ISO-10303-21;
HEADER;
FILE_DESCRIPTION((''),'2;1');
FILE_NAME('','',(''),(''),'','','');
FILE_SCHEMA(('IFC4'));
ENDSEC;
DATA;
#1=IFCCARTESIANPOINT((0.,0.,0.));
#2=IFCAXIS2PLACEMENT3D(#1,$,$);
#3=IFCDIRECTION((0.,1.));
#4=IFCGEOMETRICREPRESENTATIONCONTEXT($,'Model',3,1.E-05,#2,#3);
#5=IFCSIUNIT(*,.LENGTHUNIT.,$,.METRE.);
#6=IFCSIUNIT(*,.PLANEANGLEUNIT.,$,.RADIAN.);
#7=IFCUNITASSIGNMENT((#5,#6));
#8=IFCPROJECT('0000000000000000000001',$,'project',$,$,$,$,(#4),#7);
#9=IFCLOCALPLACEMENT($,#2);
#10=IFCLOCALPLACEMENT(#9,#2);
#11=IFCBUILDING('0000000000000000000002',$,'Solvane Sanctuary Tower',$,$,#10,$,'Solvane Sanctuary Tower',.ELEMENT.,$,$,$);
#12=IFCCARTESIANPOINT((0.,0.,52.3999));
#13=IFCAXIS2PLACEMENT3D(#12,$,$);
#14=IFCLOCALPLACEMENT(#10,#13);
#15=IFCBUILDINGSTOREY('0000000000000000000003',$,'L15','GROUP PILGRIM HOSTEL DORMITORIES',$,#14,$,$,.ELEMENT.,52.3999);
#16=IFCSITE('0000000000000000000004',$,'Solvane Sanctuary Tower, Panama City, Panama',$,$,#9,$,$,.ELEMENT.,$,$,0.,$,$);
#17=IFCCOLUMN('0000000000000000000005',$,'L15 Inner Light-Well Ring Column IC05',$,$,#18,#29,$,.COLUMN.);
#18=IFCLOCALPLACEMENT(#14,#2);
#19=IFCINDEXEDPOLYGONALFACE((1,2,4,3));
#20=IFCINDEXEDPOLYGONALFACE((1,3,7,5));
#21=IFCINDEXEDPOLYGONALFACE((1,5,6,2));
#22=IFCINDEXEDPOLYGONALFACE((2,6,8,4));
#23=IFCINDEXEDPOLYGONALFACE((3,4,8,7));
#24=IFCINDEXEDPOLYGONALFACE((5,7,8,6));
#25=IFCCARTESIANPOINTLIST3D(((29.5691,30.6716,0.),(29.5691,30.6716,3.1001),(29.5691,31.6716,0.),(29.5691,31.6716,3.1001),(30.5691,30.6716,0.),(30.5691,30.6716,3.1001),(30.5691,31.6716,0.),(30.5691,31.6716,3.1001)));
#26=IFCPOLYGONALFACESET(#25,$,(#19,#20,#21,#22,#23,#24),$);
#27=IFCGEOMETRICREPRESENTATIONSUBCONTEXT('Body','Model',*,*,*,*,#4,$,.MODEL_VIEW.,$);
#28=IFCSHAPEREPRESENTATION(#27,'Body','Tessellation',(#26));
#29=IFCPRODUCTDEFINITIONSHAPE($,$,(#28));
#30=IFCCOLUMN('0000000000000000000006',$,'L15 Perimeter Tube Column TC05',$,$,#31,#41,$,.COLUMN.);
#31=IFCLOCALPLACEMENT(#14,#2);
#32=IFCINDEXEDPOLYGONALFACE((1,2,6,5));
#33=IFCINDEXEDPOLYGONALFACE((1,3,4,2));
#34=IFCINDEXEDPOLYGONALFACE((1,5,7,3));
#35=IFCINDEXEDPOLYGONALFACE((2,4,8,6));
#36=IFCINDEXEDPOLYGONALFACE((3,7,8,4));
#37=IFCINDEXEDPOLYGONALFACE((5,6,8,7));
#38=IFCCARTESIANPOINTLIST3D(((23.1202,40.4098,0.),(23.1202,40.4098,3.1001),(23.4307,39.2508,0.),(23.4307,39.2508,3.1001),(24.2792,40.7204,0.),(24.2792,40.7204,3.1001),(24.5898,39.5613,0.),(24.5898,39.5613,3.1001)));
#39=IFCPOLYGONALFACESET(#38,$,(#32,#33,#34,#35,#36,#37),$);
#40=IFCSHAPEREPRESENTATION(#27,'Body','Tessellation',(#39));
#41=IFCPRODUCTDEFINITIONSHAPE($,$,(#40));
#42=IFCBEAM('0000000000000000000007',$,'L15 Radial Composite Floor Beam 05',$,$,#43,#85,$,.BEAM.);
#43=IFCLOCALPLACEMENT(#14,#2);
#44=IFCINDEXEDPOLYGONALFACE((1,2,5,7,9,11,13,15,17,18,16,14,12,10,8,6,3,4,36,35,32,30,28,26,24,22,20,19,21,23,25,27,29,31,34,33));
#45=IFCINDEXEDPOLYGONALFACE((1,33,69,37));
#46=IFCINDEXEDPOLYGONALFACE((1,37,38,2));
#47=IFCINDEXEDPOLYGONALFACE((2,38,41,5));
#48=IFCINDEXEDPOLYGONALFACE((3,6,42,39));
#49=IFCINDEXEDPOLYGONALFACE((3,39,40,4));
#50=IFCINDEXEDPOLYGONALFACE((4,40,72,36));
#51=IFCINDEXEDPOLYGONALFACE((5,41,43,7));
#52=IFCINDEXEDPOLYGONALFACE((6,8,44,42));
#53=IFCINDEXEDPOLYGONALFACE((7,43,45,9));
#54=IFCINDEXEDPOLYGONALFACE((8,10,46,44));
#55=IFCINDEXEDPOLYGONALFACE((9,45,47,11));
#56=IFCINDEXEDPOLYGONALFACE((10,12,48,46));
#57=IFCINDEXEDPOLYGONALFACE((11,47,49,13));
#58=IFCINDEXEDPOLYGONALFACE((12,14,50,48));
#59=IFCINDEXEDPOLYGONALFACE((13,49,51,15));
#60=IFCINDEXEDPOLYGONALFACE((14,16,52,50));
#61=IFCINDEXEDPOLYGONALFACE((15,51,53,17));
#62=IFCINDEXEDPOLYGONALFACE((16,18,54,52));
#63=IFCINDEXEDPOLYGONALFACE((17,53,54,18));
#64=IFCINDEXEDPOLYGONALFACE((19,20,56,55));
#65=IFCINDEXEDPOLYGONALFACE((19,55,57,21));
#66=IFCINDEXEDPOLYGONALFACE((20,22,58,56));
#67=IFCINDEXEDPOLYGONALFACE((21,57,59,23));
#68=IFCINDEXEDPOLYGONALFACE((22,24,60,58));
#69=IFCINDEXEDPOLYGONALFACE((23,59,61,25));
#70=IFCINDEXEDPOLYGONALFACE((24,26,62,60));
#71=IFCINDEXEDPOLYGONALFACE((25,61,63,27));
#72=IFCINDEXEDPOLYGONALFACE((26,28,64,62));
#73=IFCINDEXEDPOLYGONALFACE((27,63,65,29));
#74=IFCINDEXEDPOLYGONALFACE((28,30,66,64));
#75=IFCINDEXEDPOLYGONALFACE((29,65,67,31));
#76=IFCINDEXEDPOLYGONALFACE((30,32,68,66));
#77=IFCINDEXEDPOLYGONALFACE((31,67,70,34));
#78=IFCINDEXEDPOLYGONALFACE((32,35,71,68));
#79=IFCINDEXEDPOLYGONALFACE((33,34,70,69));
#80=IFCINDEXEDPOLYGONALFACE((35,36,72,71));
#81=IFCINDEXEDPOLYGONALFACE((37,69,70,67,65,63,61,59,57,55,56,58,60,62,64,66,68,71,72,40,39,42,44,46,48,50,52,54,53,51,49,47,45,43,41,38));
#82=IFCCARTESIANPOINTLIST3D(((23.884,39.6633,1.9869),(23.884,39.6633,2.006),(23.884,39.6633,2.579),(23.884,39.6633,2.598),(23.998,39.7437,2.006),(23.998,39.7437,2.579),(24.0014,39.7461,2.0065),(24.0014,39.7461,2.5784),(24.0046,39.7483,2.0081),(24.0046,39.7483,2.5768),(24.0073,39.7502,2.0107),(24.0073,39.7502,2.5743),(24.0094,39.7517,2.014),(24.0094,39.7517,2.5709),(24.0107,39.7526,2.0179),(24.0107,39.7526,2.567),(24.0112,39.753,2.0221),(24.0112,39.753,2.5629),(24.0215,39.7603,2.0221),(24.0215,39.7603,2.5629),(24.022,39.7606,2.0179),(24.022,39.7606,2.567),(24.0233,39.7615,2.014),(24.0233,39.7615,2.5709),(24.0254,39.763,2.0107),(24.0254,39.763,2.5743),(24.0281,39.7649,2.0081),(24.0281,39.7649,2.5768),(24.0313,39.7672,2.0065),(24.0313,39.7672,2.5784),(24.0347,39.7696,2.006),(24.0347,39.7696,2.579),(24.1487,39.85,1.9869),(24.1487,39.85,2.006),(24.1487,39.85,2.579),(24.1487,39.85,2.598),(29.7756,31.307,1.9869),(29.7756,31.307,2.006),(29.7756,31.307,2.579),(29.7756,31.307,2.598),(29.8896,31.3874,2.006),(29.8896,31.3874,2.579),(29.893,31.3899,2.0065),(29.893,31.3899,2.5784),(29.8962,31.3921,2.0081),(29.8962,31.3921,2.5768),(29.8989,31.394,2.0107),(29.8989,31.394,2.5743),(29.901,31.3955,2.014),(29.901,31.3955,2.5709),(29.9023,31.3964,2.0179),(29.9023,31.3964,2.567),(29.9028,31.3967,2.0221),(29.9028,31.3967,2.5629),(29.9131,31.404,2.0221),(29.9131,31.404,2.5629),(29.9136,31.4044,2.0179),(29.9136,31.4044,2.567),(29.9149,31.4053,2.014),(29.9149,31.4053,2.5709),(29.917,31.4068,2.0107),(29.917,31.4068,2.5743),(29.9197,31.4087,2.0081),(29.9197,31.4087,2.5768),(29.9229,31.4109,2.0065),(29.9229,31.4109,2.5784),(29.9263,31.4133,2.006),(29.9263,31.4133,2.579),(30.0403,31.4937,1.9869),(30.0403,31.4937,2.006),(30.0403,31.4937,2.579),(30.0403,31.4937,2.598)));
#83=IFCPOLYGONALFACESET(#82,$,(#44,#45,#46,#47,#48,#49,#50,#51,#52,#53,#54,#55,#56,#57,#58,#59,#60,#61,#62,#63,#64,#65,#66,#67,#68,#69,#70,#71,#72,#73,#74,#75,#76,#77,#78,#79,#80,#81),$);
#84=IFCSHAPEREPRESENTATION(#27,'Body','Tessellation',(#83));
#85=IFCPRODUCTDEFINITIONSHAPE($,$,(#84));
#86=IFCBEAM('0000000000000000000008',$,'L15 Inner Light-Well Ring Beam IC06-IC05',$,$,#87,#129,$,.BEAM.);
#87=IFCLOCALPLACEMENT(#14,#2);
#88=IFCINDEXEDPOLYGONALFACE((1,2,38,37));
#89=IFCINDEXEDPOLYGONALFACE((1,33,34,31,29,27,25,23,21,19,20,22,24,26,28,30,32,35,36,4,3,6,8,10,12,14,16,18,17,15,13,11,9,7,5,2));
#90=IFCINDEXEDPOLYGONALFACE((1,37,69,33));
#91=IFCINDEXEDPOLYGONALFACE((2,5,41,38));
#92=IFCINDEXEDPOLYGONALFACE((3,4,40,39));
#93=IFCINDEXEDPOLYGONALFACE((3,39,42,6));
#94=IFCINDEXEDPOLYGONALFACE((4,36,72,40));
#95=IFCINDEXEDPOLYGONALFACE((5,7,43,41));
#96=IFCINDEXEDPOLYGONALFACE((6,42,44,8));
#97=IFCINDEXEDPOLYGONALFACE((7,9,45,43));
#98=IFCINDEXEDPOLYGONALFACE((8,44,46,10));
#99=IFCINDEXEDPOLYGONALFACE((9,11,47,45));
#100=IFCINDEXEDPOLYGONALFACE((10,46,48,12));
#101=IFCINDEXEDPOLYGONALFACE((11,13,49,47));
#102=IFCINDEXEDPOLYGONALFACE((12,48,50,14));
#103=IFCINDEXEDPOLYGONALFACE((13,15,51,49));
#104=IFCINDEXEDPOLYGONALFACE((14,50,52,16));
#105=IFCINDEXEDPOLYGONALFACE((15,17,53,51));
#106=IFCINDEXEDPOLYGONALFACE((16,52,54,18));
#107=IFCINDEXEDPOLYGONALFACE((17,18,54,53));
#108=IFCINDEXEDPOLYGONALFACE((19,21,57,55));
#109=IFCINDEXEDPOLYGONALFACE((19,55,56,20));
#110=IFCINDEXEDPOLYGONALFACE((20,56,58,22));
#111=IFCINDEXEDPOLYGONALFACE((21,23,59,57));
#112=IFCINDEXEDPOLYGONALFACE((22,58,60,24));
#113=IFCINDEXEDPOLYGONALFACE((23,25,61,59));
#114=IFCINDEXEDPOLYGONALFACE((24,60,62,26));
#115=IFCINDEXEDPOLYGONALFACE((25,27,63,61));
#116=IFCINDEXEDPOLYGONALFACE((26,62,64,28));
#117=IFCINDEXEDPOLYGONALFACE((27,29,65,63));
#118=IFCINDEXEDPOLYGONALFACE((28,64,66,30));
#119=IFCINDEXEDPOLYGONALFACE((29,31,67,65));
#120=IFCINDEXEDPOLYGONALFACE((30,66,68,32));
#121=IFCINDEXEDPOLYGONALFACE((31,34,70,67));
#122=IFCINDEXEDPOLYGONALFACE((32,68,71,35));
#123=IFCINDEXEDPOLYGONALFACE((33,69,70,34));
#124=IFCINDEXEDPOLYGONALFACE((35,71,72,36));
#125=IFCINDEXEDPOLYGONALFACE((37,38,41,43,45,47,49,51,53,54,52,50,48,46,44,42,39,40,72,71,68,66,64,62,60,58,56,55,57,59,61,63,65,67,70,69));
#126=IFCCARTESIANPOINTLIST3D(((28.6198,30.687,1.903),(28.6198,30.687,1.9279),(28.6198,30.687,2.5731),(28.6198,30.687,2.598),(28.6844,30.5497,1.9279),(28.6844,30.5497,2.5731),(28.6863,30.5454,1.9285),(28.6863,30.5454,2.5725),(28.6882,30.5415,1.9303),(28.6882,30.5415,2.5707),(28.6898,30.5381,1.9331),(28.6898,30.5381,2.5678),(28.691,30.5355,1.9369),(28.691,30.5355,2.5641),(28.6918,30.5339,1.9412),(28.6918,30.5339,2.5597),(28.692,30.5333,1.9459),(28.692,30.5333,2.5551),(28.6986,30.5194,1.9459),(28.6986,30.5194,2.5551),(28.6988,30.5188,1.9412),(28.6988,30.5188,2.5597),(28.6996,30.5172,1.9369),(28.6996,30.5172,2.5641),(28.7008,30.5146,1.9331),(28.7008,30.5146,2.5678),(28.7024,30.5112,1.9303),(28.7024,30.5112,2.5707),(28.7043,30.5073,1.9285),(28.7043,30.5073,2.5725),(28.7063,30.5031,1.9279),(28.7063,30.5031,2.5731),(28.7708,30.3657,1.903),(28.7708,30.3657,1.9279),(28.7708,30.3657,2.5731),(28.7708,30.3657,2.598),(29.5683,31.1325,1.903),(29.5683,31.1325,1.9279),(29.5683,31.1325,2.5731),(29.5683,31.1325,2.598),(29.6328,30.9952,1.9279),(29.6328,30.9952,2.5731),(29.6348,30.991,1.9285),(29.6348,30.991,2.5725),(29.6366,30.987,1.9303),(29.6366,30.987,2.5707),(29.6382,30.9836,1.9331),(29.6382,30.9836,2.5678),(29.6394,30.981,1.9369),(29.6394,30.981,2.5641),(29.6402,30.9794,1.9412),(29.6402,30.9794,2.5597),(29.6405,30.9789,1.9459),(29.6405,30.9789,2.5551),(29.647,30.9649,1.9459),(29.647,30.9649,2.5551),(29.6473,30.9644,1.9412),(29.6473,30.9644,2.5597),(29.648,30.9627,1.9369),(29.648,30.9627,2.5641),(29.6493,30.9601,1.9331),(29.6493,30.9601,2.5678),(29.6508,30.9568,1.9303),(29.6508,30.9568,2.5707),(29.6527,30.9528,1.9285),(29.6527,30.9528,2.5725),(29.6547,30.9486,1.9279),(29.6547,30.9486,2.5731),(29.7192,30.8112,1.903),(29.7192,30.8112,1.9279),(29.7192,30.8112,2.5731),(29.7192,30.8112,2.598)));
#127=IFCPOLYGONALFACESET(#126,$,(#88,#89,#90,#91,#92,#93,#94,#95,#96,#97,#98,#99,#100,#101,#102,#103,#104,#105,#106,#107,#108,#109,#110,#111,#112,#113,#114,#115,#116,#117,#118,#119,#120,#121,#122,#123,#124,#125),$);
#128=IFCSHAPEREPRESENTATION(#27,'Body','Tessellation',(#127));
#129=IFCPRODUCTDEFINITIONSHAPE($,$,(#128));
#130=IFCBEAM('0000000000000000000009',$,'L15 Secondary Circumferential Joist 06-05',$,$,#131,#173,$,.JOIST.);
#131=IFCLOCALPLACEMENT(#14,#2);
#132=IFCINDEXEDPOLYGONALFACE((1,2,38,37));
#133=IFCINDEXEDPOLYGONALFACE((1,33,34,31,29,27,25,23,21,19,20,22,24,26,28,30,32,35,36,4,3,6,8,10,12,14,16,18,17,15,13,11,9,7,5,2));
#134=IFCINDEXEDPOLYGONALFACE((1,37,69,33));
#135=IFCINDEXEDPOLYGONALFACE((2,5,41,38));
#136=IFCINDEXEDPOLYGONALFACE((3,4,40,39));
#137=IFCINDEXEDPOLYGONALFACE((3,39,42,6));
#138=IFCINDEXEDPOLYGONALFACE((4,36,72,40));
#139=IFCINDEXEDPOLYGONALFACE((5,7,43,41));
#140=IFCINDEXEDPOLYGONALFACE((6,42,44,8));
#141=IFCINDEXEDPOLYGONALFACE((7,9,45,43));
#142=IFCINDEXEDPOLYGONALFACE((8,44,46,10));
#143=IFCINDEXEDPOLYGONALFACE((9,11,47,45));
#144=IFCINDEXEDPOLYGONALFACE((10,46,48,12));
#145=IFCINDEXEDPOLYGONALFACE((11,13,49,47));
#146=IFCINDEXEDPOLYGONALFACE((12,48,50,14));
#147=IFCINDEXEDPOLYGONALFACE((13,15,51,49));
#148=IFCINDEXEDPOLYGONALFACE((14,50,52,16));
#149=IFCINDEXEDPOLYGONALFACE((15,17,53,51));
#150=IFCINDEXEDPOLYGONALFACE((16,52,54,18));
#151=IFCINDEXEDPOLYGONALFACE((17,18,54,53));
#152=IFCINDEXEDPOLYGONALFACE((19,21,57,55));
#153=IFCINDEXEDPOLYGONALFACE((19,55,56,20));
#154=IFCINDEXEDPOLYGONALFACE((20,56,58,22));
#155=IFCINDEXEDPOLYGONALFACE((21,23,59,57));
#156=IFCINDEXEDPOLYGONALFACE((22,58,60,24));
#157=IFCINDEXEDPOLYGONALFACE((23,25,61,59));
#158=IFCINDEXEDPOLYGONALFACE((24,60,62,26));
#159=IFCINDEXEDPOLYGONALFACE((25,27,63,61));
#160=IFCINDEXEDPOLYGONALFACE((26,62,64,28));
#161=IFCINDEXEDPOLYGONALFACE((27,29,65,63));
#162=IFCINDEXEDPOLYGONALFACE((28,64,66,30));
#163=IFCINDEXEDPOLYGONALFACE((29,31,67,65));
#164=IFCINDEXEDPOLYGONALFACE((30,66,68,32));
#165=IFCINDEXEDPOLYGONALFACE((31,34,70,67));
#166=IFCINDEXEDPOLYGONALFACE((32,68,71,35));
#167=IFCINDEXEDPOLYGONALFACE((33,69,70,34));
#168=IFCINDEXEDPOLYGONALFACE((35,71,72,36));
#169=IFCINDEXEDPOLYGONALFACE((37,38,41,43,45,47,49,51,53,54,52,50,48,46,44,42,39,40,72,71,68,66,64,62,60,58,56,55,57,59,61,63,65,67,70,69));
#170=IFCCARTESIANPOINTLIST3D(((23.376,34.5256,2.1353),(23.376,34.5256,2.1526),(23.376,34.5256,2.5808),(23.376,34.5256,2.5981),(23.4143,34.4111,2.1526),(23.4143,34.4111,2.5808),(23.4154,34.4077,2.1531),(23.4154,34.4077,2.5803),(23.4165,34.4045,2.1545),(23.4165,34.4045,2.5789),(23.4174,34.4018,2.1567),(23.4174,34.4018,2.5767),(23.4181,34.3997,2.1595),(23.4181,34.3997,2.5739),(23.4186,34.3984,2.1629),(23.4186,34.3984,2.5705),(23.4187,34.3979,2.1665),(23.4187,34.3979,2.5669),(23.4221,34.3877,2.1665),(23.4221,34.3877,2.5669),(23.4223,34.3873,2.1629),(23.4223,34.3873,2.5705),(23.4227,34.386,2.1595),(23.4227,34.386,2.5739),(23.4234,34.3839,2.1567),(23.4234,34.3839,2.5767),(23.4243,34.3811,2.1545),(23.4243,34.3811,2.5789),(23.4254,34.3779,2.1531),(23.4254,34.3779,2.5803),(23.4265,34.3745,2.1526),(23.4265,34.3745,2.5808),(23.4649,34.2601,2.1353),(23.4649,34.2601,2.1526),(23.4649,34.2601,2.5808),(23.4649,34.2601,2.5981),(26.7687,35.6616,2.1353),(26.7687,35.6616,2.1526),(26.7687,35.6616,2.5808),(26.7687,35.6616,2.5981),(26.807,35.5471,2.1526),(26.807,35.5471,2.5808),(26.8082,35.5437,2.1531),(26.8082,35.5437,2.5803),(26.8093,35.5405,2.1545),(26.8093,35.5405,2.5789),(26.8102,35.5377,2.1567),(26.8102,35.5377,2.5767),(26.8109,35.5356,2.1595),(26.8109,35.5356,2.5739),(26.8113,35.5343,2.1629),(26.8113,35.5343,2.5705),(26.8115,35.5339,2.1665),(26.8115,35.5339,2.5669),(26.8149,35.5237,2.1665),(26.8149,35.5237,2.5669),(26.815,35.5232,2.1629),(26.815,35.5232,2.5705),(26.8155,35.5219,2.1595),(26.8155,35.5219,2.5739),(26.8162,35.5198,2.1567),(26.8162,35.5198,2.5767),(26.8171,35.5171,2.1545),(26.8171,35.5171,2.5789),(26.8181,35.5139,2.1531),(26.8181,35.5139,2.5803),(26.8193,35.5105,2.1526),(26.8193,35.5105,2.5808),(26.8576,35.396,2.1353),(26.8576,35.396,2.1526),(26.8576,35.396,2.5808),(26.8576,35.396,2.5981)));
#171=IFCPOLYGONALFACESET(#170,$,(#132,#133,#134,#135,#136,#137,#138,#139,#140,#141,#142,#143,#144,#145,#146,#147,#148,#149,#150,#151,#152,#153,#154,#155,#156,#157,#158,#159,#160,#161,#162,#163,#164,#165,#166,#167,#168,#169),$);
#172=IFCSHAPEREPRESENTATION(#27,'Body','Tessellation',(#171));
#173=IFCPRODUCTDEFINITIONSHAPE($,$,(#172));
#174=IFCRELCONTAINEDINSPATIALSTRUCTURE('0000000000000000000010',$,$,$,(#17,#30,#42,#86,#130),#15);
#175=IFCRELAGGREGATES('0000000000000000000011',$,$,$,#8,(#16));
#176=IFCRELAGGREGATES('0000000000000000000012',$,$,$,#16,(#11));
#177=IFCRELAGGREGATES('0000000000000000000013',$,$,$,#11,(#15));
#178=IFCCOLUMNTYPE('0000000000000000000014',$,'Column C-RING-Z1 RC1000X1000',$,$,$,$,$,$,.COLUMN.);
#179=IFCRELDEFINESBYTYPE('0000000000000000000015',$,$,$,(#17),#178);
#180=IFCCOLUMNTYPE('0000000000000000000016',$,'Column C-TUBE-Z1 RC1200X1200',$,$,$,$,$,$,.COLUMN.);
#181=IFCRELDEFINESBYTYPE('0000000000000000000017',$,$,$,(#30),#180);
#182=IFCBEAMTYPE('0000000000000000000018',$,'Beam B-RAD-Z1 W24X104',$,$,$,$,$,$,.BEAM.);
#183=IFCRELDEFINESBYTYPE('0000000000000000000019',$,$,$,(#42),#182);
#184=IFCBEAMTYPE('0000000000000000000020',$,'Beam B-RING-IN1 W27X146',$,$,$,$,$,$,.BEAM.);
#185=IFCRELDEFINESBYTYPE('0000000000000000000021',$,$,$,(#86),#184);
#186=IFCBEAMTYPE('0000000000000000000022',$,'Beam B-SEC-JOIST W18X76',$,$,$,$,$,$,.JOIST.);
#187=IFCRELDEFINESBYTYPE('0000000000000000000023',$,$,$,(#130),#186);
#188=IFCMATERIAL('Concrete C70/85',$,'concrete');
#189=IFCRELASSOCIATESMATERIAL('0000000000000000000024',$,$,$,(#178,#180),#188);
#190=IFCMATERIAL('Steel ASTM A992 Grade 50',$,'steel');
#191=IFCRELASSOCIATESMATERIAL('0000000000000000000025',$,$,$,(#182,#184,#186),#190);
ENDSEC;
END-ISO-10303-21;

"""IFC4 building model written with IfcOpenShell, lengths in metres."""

from ifc_helpers import new_model, si_unit, direction, frame, origin, origin_2d, place, context, subcontext, project, spatial, rectangle, i_section, extrude, material, material_profile, profile_set, type_object, element, save


model = new_model("IFC4")

# Units and contexts
model_context = context("Model", 3, precision=1e-05, world=origin(), true_north=direction((0.0, 1.0)))
body_context = subcontext(model_context, "Body", "Model", "MODEL_VIEW")
ifc_project = project(units=[si_unit("LENGTHUNIT", "METRE"), si_unit("PLANEANGLEUNIT", "RADIAN")], contexts=[model_context])

# Site, building, storey
site_placement = place(None, origin())
site = spatial("IfcSite", under=ifc_project, at=site_placement, Name="Solvane Sanctuary Tower, Panama City, Panama", CompositionType="ELEMENT", RefElevation=0.0)
building_placement = place(site_placement, origin())
building = spatial("IfcBuilding", under=site, at=building_placement, Name="Solvane Sanctuary Tower", LongName="Solvane Sanctuary Tower", CompositionType="ELEMENT")
storey_placement = place(building_placement, frame((0.0, 0.0, 52.3999)))
storey = spatial("IfcBuildingStorey", under=building, at=storey_placement, Name="L15", Description="GROUP PILGRIM HOSTEL DORMITORIES", CompositionType="ELEMENT", Elevation=52.3999)

# Columns
ifc_material_1 = material(Name="Concrete C70/85", Category="concrete")
ifc_material_profile_1 = material_profile(ifc_material_1, rectangle(XDim=1.0, YDim=1.0, at=origin_2d()), Name="RC1000X1000")
ifc_profile_set_1 = profile_set([ifc_material_profile_1], Name="Concrete C70/85")
column_type_1 = type_object("IfcColumnType", Name="Column C-RING-Z1 RC1000X1000", PredefinedType="COLUMN", material=ifc_profile_set_1)
column_1_placement = place(storey_placement, frame((30.0691, 31.1716, 0.0), z_axis=(0.0, 0.0, 1.0), x_axis=(1.0, 0.0, 0.0)))
element("IfcColumn", 1, at=column_1_placement, inside=storey, type_object=column_type_1, Name="L15 Inner Light-Well Ring Column IC05", PredefinedType="COLUMN", context=body_context, shape_type="SweptSolid", body=[
    extrude(rectangle(XDim=1.0, YDim=1.0, at=origin_2d()), origin(), (0.0, 0.0, 1.0), 3.1001),
])
ifc_material_profile_2 = material_profile(ifc_material_1, rectangle(XDim=1.2, YDim=1.2, at=origin_2d()), Name="RC1200X1200")
ifc_profile_set_2 = profile_set([ifc_material_profile_2], Name="Concrete C70/85")
column_type_2 = type_object("IfcColumnType", Name="Column C-TUBE-Z1 RC1200X1200", PredefinedType="COLUMN", material=ifc_profile_set_2)
column_2_placement = place(storey_placement, frame((23.855, 39.9856, 0.0), z_axis=(0.0, 0.0, 1.0), x_axis=(-0.258819, 0.965926, 0.0)))
element("IfcColumn", 2, at=column_2_placement, inside=storey, type_object=column_type_2, Name="L15 Perimeter Tube Column TC05", PredefinedType="COLUMN", context=body_context, shape_type="SweptSolid", body=[
    extrude(rectangle(XDim=1.2, YDim=1.2, at=origin_2d()), origin(), (0.0, 0.0, 1.0), 3.1001),
])

# Beams
ifc_material_2 = material(Name="Steel ASTM A992 Grade 50", Category="steel")
ifc_material_profile_3 = material_profile(ifc_material_2, i_section(OverallWidth=0.324, OverallDepth=0.6111, WebThickness=0.0127, FlangeThickness=0.019, FilletRadius=0.0161, at=origin_2d()), Name="W24X104")
ifc_profile_set_3 = profile_set([ifc_material_profile_3], Name="Steel ASTM A992 Grade 50")
beam_type_1 = type_object("IfcBeamType", Name="Beam B-RAD-Z1 W24X104", PredefinedType="BEAM", material=ifc_profile_set_3)
beam_1_placement = place(storey_placement, frame((29.908, 31.4004, 2.2925), z_axis=(-0.576233, 0.817285, 0.0), x_axis=(-0.817285, -0.576233, 0.0)))
element("IfcBeam", 3, at=beam_1_placement, inside=storey, type_object=beam_type_1, Name="L15 Radial Composite Floor Beam 05", PredefinedType="BEAM", context=body_context, shape_type="SweptSolid", body=[
    extrude(i_section(OverallWidth=0.324, OverallDepth=0.6111, WebThickness=0.0127, FlangeThickness=0.019, FilletRadius=0.0161, at=origin_2d()), origin(), (0.0, 0.0, 1.0), 10.2244),
])
ifc_material_profile_4 = material_profile(ifc_material_2, i_section(OverallWidth=0.355, OverallDepth=0.6951, WebThickness=0.0154, FlangeThickness=0.0249, FilletRadius=0.0181, at=origin_2d()), Name="W27X146")
ifc_profile_set_4 = profile_set([ifc_material_profile_4], Name="Steel ASTM A992 Grade 50")
beam_type_2 = type_object("IfcBeamType", Name="Beam B-RING-IN1 W27X146", PredefinedType="BEAM", material=ifc_profile_set_4)
beam_2_placement = place(storey_placement, frame((28.6953, 30.5264, 2.2505), z_axis=(0.905109, 0.42518, 0.0), x_axis=(-0.42518, 0.905109, 0.0)))
element("IfcBeam", 4, at=beam_2_placement, inside=storey, type_object=beam_type_2, Name="L15 Inner Light-Well Ring Beam IC06-IC05", PredefinedType="BEAM", context=body_context, shape_type="SweptSolid", body=[
    extrude(i_section(OverallWidth=0.355, OverallDepth=0.6951, WebThickness=0.0154, FlangeThickness=0.0249, FilletRadius=0.0181, at=origin_2d()), origin(), (0.0, 0.0, 1.0), 1.0479),
])
ifc_material_profile_5 = material_profile(ifc_material_2, i_section(OverallWidth=0.28, OverallDepth=0.4629, WebThickness=0.0107, FlangeThickness=0.0173, FilletRadius=0.0139, at=origin_2d()), Name="W18X76")
ifc_profile_set_5 = profile_set([ifc_material_profile_5], Name="Steel ASTM A992 Grade 50")
beam_type_3 = type_object("IfcBeamType", Name="Beam B-SEC-JOIST W18X76", PredefinedType="JOIST", material=ifc_profile_set_5)
beam_3_placement = place(storey_placement, frame((23.4204, 34.3928, 2.3667), z_axis=(0.948259, 0.317497, 0.0), x_axis=(-0.317497, 0.948259, 0.0)))
element("IfcBeam", 5, at=beam_3_placement, inside=storey, type_object=beam_type_3, Name="L15 Secondary Circumferential Joist 06-05", PredefinedType="JOIST", context=body_context, shape_type="SweptSolid", body=[
    extrude(i_section(OverallWidth=0.28, OverallDepth=0.4629, WebThickness=0.0107, FlangeThickness=0.0173, FilletRadius=0.0139, at=origin_2d()), origin(), (0.0, 0.0, 1.0), 3.5779),
])

save(model, "model.ifc")
